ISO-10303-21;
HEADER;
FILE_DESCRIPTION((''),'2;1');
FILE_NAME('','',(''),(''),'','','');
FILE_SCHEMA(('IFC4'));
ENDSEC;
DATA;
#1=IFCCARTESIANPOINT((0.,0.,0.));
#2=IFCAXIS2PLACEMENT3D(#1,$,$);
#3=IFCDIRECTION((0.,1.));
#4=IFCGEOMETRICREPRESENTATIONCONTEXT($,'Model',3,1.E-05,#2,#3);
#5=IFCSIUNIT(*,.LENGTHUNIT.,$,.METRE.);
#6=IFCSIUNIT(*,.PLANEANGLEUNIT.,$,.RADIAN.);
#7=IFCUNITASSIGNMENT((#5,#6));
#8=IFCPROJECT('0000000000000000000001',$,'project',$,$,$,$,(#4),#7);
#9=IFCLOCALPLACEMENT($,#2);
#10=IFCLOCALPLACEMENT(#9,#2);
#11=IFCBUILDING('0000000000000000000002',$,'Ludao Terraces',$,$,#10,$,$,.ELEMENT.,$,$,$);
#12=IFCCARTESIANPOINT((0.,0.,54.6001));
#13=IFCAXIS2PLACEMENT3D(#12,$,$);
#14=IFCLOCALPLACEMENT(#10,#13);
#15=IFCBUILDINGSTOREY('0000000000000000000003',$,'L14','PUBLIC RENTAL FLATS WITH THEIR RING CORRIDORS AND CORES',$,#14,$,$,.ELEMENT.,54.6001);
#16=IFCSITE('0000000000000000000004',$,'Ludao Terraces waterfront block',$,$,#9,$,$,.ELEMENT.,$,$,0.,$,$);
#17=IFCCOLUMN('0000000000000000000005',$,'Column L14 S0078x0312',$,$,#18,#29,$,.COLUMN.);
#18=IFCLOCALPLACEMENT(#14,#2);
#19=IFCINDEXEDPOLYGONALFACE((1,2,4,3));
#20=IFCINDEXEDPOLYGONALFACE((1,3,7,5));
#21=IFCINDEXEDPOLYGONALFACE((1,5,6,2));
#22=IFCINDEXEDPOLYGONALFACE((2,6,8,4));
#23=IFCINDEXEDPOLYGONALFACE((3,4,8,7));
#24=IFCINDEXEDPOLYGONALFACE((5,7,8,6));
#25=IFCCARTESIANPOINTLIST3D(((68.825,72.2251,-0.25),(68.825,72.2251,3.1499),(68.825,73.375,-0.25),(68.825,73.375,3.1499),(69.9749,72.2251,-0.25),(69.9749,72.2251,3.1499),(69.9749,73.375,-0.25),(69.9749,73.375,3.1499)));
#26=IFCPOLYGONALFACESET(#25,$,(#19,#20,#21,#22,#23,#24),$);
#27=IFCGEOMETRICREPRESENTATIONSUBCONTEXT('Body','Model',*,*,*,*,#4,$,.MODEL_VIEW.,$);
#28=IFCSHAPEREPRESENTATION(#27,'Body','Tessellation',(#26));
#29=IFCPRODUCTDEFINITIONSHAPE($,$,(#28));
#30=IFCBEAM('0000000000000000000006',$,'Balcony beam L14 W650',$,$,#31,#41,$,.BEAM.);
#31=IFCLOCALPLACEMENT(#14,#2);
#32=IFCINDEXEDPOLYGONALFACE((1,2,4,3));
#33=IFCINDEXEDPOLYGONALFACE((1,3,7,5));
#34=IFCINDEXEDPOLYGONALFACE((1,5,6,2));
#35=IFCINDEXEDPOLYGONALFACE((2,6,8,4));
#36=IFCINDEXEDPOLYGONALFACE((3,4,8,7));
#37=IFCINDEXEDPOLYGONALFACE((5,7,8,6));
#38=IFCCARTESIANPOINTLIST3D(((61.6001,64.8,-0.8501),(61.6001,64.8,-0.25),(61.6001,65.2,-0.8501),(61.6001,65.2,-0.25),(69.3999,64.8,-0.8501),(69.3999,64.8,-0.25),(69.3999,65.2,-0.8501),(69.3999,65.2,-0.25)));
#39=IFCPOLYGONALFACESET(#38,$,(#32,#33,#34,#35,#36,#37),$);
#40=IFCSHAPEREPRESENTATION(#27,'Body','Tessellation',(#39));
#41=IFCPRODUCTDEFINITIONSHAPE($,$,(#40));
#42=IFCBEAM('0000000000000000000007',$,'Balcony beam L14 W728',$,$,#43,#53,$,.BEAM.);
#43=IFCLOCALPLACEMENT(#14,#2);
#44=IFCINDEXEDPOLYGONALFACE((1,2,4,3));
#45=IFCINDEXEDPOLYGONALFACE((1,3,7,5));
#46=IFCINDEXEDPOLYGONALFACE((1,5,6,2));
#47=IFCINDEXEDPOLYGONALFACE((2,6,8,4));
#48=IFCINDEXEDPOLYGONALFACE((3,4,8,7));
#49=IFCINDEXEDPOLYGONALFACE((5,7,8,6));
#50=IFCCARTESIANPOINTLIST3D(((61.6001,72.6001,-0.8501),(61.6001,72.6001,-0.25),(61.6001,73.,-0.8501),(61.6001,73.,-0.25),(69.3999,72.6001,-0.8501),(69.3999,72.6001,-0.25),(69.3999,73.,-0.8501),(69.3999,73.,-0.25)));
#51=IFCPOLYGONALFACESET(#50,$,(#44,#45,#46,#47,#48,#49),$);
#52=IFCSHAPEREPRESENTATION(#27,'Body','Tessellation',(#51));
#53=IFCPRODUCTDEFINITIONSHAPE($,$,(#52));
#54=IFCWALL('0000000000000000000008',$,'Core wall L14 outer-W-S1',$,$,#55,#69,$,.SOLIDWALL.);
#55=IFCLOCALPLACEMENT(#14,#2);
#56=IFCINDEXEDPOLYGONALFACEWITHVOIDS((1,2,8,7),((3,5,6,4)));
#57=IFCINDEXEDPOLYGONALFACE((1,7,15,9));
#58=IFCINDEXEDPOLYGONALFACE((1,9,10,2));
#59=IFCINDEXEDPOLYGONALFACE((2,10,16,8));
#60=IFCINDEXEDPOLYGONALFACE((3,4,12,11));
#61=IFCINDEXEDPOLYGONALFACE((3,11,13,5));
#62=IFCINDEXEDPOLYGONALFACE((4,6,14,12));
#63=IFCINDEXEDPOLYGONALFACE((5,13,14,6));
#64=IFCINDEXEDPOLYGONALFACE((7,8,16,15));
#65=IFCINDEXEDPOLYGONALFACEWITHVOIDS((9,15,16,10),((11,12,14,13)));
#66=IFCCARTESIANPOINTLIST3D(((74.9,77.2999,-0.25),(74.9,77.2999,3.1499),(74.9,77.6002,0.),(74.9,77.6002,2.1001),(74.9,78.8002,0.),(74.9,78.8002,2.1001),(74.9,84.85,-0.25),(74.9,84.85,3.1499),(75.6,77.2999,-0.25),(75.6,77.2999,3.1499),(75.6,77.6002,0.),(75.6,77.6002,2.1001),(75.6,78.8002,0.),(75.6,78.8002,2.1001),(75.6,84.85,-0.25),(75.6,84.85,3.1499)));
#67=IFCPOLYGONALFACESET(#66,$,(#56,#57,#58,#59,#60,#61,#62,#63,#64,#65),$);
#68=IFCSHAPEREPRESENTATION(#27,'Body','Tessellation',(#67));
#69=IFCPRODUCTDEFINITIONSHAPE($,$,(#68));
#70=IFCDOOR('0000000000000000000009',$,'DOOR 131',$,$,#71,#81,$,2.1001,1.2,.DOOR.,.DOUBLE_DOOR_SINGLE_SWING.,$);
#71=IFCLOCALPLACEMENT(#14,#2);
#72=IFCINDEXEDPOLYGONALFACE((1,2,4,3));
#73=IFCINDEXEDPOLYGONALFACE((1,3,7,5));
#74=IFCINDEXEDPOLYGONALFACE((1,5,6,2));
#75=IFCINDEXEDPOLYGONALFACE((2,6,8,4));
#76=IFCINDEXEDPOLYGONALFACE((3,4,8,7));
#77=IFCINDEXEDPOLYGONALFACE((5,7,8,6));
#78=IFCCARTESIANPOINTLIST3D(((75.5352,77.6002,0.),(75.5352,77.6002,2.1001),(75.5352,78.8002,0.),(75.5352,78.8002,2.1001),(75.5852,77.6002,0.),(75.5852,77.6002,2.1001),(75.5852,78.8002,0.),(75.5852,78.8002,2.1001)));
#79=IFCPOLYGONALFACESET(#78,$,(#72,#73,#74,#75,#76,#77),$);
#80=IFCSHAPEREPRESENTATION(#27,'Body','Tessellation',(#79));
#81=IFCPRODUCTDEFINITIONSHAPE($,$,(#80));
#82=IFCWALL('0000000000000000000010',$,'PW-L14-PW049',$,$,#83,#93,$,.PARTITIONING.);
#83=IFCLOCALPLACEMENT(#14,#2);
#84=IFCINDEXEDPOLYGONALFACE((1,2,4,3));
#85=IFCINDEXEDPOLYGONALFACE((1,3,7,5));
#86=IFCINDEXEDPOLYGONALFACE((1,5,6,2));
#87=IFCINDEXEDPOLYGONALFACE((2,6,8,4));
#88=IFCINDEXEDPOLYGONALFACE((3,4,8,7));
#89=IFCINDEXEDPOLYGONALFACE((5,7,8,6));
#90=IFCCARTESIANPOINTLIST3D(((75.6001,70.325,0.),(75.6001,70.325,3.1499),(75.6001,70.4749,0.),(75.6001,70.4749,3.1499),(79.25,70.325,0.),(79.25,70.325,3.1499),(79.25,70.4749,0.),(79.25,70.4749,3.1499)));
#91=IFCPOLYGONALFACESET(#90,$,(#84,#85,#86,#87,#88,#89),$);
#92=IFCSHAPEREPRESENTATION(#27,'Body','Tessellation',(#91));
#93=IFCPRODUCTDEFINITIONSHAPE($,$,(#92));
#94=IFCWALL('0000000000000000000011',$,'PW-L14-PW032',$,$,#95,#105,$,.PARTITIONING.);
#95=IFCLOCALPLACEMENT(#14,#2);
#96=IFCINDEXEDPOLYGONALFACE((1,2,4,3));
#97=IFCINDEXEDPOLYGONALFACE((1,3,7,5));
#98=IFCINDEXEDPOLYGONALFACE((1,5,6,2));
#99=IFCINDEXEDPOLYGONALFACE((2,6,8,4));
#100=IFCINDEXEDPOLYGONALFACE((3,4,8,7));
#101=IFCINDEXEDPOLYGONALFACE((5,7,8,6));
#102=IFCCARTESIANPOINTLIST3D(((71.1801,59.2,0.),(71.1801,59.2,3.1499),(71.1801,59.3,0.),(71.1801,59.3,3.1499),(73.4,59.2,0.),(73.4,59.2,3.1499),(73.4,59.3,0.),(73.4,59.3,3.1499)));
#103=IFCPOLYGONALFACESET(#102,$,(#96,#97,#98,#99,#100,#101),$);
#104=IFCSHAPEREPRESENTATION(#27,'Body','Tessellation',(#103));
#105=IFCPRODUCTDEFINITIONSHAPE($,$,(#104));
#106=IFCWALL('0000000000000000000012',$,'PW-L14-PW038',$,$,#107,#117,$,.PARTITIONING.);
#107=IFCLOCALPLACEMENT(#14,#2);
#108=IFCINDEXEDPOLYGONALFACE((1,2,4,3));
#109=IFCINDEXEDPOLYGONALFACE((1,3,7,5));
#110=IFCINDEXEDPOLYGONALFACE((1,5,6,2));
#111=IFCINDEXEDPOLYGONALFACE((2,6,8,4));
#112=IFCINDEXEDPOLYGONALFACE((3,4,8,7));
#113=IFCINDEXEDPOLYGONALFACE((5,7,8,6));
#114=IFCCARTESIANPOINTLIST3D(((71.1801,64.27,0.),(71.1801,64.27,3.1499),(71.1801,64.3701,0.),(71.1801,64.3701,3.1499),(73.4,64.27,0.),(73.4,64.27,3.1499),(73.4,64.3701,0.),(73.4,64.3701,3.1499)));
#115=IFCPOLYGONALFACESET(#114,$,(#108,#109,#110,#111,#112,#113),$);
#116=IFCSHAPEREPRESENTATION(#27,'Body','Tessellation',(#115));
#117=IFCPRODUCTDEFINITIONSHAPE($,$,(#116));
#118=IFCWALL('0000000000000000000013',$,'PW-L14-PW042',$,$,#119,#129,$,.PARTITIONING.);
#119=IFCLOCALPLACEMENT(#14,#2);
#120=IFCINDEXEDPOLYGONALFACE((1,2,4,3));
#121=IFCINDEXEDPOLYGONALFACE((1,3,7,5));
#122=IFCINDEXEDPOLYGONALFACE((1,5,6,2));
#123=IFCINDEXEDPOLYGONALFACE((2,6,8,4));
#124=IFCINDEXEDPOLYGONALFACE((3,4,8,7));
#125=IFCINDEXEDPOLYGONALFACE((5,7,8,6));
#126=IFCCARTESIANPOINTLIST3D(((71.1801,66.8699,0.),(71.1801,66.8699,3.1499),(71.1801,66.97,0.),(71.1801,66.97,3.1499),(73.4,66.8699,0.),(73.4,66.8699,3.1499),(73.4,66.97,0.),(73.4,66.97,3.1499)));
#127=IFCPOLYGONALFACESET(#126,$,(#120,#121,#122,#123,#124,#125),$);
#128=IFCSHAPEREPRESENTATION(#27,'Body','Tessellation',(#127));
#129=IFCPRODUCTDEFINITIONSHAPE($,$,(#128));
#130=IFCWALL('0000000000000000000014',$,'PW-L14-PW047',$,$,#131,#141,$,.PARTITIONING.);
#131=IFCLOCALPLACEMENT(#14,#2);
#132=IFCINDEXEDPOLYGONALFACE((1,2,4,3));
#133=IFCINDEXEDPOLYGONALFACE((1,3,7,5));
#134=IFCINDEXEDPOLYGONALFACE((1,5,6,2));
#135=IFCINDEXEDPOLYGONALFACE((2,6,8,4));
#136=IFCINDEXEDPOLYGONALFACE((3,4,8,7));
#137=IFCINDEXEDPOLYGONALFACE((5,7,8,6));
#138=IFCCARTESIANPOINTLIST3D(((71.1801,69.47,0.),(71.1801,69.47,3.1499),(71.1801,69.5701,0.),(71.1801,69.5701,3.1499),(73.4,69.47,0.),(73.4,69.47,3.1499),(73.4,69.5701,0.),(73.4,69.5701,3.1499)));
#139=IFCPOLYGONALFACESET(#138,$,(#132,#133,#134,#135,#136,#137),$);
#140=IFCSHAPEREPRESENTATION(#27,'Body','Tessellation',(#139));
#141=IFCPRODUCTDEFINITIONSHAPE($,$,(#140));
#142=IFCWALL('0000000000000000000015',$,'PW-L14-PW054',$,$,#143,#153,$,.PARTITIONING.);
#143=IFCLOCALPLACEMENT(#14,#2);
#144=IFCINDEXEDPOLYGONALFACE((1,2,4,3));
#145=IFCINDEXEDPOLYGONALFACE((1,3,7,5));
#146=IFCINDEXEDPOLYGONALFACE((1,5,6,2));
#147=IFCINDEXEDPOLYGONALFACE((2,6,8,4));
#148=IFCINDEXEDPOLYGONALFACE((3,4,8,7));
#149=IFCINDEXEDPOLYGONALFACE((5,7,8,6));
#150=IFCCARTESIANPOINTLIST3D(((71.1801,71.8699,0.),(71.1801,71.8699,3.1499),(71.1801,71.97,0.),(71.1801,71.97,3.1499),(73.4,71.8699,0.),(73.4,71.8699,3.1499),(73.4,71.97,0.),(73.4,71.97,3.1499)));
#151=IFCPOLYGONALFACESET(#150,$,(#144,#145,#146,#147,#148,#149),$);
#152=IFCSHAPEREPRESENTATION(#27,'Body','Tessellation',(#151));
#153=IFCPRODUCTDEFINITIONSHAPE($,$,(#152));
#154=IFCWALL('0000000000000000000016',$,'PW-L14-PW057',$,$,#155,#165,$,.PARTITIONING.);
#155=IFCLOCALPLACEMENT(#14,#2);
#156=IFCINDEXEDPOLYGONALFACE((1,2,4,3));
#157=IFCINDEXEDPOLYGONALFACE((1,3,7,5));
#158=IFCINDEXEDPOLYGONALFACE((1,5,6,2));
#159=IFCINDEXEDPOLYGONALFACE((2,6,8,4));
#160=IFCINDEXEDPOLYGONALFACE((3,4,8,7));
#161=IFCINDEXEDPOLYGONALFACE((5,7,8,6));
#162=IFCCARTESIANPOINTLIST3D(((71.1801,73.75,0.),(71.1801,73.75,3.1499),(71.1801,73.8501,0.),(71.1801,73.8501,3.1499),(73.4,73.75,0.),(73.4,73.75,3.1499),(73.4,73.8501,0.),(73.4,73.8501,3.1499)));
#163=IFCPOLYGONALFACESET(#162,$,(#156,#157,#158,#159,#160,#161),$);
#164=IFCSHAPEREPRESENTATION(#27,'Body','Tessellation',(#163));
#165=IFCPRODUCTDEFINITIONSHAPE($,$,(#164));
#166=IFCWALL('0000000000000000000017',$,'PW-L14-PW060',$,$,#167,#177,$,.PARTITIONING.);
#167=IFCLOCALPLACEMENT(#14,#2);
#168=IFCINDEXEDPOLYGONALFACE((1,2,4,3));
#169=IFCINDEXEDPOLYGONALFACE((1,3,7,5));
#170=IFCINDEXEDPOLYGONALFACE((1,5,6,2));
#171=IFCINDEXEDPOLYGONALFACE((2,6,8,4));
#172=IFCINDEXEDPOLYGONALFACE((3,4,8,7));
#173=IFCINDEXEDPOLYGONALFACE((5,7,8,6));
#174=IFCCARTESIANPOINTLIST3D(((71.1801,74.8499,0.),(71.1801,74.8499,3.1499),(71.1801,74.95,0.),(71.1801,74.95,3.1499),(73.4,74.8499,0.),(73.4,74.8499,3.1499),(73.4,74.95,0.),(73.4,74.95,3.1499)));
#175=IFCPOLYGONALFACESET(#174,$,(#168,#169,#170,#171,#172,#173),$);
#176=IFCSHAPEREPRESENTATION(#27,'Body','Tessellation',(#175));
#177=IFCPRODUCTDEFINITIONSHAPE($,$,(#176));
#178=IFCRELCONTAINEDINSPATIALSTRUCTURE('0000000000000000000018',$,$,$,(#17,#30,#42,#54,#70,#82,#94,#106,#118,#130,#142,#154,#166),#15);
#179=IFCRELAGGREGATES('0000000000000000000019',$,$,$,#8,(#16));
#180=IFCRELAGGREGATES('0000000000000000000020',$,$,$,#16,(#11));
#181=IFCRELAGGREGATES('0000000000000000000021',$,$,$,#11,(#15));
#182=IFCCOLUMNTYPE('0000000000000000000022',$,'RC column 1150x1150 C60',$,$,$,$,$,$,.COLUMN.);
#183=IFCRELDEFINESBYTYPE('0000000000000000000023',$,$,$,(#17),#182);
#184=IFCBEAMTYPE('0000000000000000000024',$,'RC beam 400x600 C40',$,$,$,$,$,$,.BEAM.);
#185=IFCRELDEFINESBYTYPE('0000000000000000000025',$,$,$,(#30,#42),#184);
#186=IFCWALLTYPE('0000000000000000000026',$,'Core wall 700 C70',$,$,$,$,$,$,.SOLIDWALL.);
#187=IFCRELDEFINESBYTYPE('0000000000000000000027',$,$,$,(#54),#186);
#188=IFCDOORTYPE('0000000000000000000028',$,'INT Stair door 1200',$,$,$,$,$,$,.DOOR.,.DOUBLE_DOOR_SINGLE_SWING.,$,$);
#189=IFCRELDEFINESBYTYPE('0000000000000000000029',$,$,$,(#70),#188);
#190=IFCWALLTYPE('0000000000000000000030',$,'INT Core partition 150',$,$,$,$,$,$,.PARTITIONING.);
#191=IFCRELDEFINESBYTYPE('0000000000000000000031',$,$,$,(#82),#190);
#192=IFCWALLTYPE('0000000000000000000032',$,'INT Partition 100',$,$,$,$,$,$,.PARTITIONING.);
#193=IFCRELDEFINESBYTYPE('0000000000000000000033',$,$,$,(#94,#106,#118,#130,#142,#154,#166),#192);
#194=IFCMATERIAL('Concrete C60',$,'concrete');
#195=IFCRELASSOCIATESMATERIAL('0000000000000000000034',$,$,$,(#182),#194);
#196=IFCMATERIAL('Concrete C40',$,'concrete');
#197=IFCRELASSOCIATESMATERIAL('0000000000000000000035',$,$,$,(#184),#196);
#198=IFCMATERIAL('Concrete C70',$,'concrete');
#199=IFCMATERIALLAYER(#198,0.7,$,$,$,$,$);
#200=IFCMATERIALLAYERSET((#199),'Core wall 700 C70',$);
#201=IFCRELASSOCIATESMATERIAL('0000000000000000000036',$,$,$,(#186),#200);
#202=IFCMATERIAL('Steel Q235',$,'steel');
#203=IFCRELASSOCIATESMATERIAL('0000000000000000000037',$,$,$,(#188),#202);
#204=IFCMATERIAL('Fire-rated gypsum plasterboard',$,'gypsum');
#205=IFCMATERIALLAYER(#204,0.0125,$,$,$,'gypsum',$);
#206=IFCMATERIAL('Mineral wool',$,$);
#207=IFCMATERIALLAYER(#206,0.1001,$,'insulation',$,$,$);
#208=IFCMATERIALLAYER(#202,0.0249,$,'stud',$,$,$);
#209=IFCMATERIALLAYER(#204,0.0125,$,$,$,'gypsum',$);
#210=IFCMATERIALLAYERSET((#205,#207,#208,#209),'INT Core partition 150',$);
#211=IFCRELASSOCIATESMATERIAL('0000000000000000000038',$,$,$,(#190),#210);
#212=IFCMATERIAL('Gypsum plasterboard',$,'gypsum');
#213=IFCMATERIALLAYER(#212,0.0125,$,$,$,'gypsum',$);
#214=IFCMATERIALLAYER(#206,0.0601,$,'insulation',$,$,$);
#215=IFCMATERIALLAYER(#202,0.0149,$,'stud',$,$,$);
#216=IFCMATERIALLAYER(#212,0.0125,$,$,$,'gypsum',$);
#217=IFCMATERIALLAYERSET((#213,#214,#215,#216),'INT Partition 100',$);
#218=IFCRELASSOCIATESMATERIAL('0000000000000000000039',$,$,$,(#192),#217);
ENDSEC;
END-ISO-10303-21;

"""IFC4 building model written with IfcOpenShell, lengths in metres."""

from ifc_helpers import new_model, si_unit, direction, frame, frame_2d, origin, origin_2d, place, context, subcontext, project, spatial, rectangle, extrude, material, layer, layer_set, material_profile, profile_set, type_object, element, fill, save


model = new_model("IFC4")

# Units and contexts
model_context = context("Model", 3, precision=1e-05, world=origin(), true_north=direction((0.0, 1.0)))
body_context = subcontext(model_context, "Body", "Model", "MODEL_VIEW")
ifc_project = project(units=[si_unit("LENGTHUNIT", "METRE"), si_unit("PLANEANGLEUNIT", "RADIAN")], contexts=[model_context])

# Site, building, storey
site_placement = place(None, origin())
site = spatial("IfcSite", under=ifc_project, at=site_placement, Name="Ludao Terraces waterfront block", CompositionType="ELEMENT", RefElevation=0.0)
building_placement = place(site_placement, origin())
building = spatial("IfcBuilding", under=site, at=building_placement, Name="Ludao Terraces", CompositionType="ELEMENT")
storey_placement = place(building_placement, frame((0.0, 0.0, 54.6001)))
storey = spatial("IfcBuildingStorey", under=building, at=storey_placement, Name="L14", Description="PUBLIC RENTAL FLATS WITH THEIR RING CORRIDORS AND CORES", CompositionType="ELEMENT", Elevation=54.6001)

# Column
ifc_material_1 = material(Name="Concrete C60", Category="concrete")
ifc_material_profile_1 = material_profile(ifc_material_1, rectangle(XDim=1.1499, YDim=1.1499, at=origin_2d()), Name="1150 X 1150")
ifc_profile_set_1 = profile_set([ifc_material_profile_1], Name="Concrete C60")
column_type = type_object("IfcColumnType", Name="RC column 1150x1150 C60", PredefinedType="COLUMN", material=ifc_profile_set_1)
column_placement = place(storey_placement, frame((69.3999, 72.8, -0.25), z_axis=(0.0, 0.0, 1.0), x_axis=(1.0, 0.0, 0.0)))
element("IfcColumn", 1, at=column_placement, inside=storey, type_object=column_type, Name="Column L14 S0078x0312", PredefinedType="COLUMN", context=body_context, shape_type="SweptSolid", body=[
    extrude(rectangle(XDim=1.1499, YDim=1.1499, at=origin_2d()), origin(), (0.0, 0.0, 1.0), 3.3999),
])

# Beams
ifc_material_2 = material(Name="Concrete C40", Category="concrete")
ifc_material_profile_2 = material_profile(ifc_material_2, rectangle(XDim=0.3999, YDim=0.6001, at=origin_2d()), Name="400 X 600")
ifc_profile_set_2 = profile_set([ifc_material_profile_2], Name="Concrete C40")
beam_type = type_object("IfcBeamType", Name="RC beam 400x600 C40", PredefinedType="BEAM", material=ifc_profile_set_2)
for number, where, z_axis, x_axis, name in (
    (2, (69.3999, 65.0, -0.55), (-1.0, 0.0, 0.0), (0.0, -1.0, 0.0), "Balcony beam L14 W650"),
    (3, (69.3999, 72.8, -0.55), (-1.0, 0.0, 0.0), (0.0, -1.0, 0.0), "Balcony beam L14 W728"),
):
    element("IfcBeam", number, at=place(storey_placement, frame(where, z_axis=z_axis, x_axis=x_axis)), inside=storey, type_object=beam_type, Name=name, PredefinedType="BEAM", context=body_context, shape_type="SweptSolid", body=[
        extrude(rectangle(XDim=0.3999, YDim=0.6001, at=origin_2d()), origin(), (0.0, 0.0, 1.0), 7.7998),
    ])

# Wall, opening, door
ifc_material_3 = material(Name="Concrete C70", Category="concrete")
ifc_layer_1 = layer(ifc_material_3, 0.7)
ifc_layer_set_1 = layer_set([ifc_layer_1], Name="Core wall 700 C70")
wall_type_1 = type_object("IfcWallType", Name="Core wall 700 C70", PredefinedType="SOLIDWALL", material=ifc_layer_set_1)
wall_1_placement = place(storey_placement, frame((75.25, 77.3, -0.25), z_axis=(0.0, 0.0, 1.0), x_axis=(0.0, 1.0, 0.0)))
wall_1 = element("IfcWall", 4, at=wall_1_placement, inside=storey, type_object=wall_type_1, Name="Core wall L14 outer-W-S1", PredefinedType="SOLIDWALL", context=body_context, shape_type="SweptSolid", body=[
    extrude(rectangle(XDim=7.55, YDim=0.7, at=frame_2d((3.7749, 0.0))), origin(), (0.0, 0.0, 1.0), 3.3999),
])
opening_1_placement = place(wall_1_placement, frame((0.3, 0.0, 0.25)))
opening_1 = element("IfcOpeningElement", 5, at=opening_1_placement, cuts=wall_1, PredefinedType="OPENING", context=body_context, shape_type="SweptSolid", body=[
    extrude(rectangle(XDim=1.2, YDim=2.1001, at=frame_2d((0.6001, 1.05))), frame((0.0, 0.3599, 0.0), z_axis=(0.0, -1.0, 0.0), x_axis=(1.0, 0.0, 0.0)), (0.0, 0.0, 1.0), 0.72),
])
ifc_material_4 = material(Name="Steel Q235", Category="steel")
door_type_1 = type_object("IfcDoorType", Name="INT Stair door 1200", OperationType="DOUBLE_DOOR_SINGLE_SWING", PredefinedType="DOOR", material=ifc_material_4)
door_1_placement = place(opening_1_placement, origin())
door_1 = element("IfcDoor", 6, at=door_1_placement, inside=storey, type_object=door_type_1, Name="DOOR 131", OperationType="DOUBLE_DOOR_SINGLE_SWING", OverallHeight=2.1001, OverallWidth=1.2, PredefinedType="DOOR", context=body_context, shape_type="SweptSolid", body=[
    extrude(rectangle(XDim=1.2, YDim=2.1001, at=frame_2d((0.6001, 1.05))), frame((0.0, -0.2852, 0.0), z_axis=(0.0, -1.0, 0.0), x_axis=(1.0, 0.0, 0.0)), (0.0, 0.0, 1.0), 0.05),
])
fill(opening_1, door_1)

# Walls
ifc_material_5 = material(Name="Fire-rated gypsum plasterboard", Category="gypsum")
ifc_layer_2 = layer(ifc_material_5, 0.0125, Category="gypsum")
ifc_material_6 = material(Name="Mineral wool")
ifc_layer_3 = layer(ifc_material_6, 0.1001, Name="insulation")
ifc_layer_4 = layer(ifc_material_4, 0.0249, Name="stud")
ifc_layer_5 = layer(ifc_material_5, 0.0125, Category="gypsum")
ifc_layer_set_2 = layer_set([ifc_layer_2, ifc_layer_3, ifc_layer_4, ifc_layer_5], Name="INT Core partition 150")
wall_type_2 = type_object("IfcWallType", Name="INT Core partition 150", PredefinedType="PARTITIONING", material=ifc_layer_set_2)
wall_2_placement = place(storey_placement, frame((75.6001, 70.3999, 0.0), z_axis=(0.0, 0.0, 1.0), x_axis=(1.0, 0.0, 0.0)))
element("IfcWall", 7, at=wall_2_placement, inside=storey, type_object=wall_type_2, Name="PW-L14-PW049", PredefinedType="PARTITIONING", context=body_context, shape_type="SweptSolid", body=[
    extrude(rectangle(XDim=3.6499, YDim=0.1499, at=frame_2d((1.825, 0.0))), origin(), (0.0, 0.0, 1.0), 3.1499),
])
ifc_material_7 = material(Name="Gypsum plasterboard", Category="gypsum")
ifc_layer_6 = layer(ifc_material_7, 0.0125, Category="gypsum")
ifc_layer_7 = layer(ifc_material_6, 0.0601, Name="insulation")
ifc_layer_8 = layer(ifc_material_4, 0.0149, Name="stud")
ifc_layer_9 = layer(ifc_material_7, 0.0125, Category="gypsum")
ifc_layer_set_3 = layer_set([ifc_layer_6, ifc_layer_7, ifc_layer_8, ifc_layer_9], Name="INT Partition 100")
wall_type_3 = type_object("IfcWallType", Name="INT Partition 100", PredefinedType="PARTITIONING", material=ifc_layer_set_3)
for number, where, z_axis, x_axis, name in (
    (8, (71.1802, 59.25, 0.0), (0.0, 0.0, 1.0), (1.0, 0.0, 0.0), "PW-L14-PW032"),
    (9, (71.1802, 64.3201, 0.0), (0.0, 0.0, 1.0), (1.0, 0.0, 0.0), "PW-L14-PW038"),
    (10, (71.1802, 66.9199, 0.0), (0.0, 0.0, 1.0), (1.0, 0.0, 0.0), "PW-L14-PW042"),
    (11, (71.1802, 69.52, 0.0), (0.0, 0.0, 1.0), (1.0, 0.0, 0.0), "PW-L14-PW047"),
    (12, (71.1802, 71.9199, 0.0), (0.0, 0.0, 1.0), (1.0, 0.0, 0.0), "PW-L14-PW054"),
    (13, (71.1802, 73.8, 0.0), (0.0, 0.0, 1.0), (1.0, 0.0, 0.0), "PW-L14-PW057"),
    (14, (71.1802, 74.8999, 0.0), (0.0, 0.0, 1.0), (1.0, 0.0, 0.0), "PW-L14-PW060"),
):
    element("IfcWall", number, at=place(storey_placement, frame(where, z_axis=z_axis, x_axis=x_axis)), inside=storey, type_object=wall_type_3, Name=name, PredefinedType="PARTITIONING", context=body_context, shape_type="SweptSolid", body=[
        extrude(rectangle(XDim=2.22, YDim=0.1001, at=frame_2d((1.1099, 0.0))), origin(), (0.0, 0.0, 1.0), 3.1499),
    ])

save(model, "model.ifc")
